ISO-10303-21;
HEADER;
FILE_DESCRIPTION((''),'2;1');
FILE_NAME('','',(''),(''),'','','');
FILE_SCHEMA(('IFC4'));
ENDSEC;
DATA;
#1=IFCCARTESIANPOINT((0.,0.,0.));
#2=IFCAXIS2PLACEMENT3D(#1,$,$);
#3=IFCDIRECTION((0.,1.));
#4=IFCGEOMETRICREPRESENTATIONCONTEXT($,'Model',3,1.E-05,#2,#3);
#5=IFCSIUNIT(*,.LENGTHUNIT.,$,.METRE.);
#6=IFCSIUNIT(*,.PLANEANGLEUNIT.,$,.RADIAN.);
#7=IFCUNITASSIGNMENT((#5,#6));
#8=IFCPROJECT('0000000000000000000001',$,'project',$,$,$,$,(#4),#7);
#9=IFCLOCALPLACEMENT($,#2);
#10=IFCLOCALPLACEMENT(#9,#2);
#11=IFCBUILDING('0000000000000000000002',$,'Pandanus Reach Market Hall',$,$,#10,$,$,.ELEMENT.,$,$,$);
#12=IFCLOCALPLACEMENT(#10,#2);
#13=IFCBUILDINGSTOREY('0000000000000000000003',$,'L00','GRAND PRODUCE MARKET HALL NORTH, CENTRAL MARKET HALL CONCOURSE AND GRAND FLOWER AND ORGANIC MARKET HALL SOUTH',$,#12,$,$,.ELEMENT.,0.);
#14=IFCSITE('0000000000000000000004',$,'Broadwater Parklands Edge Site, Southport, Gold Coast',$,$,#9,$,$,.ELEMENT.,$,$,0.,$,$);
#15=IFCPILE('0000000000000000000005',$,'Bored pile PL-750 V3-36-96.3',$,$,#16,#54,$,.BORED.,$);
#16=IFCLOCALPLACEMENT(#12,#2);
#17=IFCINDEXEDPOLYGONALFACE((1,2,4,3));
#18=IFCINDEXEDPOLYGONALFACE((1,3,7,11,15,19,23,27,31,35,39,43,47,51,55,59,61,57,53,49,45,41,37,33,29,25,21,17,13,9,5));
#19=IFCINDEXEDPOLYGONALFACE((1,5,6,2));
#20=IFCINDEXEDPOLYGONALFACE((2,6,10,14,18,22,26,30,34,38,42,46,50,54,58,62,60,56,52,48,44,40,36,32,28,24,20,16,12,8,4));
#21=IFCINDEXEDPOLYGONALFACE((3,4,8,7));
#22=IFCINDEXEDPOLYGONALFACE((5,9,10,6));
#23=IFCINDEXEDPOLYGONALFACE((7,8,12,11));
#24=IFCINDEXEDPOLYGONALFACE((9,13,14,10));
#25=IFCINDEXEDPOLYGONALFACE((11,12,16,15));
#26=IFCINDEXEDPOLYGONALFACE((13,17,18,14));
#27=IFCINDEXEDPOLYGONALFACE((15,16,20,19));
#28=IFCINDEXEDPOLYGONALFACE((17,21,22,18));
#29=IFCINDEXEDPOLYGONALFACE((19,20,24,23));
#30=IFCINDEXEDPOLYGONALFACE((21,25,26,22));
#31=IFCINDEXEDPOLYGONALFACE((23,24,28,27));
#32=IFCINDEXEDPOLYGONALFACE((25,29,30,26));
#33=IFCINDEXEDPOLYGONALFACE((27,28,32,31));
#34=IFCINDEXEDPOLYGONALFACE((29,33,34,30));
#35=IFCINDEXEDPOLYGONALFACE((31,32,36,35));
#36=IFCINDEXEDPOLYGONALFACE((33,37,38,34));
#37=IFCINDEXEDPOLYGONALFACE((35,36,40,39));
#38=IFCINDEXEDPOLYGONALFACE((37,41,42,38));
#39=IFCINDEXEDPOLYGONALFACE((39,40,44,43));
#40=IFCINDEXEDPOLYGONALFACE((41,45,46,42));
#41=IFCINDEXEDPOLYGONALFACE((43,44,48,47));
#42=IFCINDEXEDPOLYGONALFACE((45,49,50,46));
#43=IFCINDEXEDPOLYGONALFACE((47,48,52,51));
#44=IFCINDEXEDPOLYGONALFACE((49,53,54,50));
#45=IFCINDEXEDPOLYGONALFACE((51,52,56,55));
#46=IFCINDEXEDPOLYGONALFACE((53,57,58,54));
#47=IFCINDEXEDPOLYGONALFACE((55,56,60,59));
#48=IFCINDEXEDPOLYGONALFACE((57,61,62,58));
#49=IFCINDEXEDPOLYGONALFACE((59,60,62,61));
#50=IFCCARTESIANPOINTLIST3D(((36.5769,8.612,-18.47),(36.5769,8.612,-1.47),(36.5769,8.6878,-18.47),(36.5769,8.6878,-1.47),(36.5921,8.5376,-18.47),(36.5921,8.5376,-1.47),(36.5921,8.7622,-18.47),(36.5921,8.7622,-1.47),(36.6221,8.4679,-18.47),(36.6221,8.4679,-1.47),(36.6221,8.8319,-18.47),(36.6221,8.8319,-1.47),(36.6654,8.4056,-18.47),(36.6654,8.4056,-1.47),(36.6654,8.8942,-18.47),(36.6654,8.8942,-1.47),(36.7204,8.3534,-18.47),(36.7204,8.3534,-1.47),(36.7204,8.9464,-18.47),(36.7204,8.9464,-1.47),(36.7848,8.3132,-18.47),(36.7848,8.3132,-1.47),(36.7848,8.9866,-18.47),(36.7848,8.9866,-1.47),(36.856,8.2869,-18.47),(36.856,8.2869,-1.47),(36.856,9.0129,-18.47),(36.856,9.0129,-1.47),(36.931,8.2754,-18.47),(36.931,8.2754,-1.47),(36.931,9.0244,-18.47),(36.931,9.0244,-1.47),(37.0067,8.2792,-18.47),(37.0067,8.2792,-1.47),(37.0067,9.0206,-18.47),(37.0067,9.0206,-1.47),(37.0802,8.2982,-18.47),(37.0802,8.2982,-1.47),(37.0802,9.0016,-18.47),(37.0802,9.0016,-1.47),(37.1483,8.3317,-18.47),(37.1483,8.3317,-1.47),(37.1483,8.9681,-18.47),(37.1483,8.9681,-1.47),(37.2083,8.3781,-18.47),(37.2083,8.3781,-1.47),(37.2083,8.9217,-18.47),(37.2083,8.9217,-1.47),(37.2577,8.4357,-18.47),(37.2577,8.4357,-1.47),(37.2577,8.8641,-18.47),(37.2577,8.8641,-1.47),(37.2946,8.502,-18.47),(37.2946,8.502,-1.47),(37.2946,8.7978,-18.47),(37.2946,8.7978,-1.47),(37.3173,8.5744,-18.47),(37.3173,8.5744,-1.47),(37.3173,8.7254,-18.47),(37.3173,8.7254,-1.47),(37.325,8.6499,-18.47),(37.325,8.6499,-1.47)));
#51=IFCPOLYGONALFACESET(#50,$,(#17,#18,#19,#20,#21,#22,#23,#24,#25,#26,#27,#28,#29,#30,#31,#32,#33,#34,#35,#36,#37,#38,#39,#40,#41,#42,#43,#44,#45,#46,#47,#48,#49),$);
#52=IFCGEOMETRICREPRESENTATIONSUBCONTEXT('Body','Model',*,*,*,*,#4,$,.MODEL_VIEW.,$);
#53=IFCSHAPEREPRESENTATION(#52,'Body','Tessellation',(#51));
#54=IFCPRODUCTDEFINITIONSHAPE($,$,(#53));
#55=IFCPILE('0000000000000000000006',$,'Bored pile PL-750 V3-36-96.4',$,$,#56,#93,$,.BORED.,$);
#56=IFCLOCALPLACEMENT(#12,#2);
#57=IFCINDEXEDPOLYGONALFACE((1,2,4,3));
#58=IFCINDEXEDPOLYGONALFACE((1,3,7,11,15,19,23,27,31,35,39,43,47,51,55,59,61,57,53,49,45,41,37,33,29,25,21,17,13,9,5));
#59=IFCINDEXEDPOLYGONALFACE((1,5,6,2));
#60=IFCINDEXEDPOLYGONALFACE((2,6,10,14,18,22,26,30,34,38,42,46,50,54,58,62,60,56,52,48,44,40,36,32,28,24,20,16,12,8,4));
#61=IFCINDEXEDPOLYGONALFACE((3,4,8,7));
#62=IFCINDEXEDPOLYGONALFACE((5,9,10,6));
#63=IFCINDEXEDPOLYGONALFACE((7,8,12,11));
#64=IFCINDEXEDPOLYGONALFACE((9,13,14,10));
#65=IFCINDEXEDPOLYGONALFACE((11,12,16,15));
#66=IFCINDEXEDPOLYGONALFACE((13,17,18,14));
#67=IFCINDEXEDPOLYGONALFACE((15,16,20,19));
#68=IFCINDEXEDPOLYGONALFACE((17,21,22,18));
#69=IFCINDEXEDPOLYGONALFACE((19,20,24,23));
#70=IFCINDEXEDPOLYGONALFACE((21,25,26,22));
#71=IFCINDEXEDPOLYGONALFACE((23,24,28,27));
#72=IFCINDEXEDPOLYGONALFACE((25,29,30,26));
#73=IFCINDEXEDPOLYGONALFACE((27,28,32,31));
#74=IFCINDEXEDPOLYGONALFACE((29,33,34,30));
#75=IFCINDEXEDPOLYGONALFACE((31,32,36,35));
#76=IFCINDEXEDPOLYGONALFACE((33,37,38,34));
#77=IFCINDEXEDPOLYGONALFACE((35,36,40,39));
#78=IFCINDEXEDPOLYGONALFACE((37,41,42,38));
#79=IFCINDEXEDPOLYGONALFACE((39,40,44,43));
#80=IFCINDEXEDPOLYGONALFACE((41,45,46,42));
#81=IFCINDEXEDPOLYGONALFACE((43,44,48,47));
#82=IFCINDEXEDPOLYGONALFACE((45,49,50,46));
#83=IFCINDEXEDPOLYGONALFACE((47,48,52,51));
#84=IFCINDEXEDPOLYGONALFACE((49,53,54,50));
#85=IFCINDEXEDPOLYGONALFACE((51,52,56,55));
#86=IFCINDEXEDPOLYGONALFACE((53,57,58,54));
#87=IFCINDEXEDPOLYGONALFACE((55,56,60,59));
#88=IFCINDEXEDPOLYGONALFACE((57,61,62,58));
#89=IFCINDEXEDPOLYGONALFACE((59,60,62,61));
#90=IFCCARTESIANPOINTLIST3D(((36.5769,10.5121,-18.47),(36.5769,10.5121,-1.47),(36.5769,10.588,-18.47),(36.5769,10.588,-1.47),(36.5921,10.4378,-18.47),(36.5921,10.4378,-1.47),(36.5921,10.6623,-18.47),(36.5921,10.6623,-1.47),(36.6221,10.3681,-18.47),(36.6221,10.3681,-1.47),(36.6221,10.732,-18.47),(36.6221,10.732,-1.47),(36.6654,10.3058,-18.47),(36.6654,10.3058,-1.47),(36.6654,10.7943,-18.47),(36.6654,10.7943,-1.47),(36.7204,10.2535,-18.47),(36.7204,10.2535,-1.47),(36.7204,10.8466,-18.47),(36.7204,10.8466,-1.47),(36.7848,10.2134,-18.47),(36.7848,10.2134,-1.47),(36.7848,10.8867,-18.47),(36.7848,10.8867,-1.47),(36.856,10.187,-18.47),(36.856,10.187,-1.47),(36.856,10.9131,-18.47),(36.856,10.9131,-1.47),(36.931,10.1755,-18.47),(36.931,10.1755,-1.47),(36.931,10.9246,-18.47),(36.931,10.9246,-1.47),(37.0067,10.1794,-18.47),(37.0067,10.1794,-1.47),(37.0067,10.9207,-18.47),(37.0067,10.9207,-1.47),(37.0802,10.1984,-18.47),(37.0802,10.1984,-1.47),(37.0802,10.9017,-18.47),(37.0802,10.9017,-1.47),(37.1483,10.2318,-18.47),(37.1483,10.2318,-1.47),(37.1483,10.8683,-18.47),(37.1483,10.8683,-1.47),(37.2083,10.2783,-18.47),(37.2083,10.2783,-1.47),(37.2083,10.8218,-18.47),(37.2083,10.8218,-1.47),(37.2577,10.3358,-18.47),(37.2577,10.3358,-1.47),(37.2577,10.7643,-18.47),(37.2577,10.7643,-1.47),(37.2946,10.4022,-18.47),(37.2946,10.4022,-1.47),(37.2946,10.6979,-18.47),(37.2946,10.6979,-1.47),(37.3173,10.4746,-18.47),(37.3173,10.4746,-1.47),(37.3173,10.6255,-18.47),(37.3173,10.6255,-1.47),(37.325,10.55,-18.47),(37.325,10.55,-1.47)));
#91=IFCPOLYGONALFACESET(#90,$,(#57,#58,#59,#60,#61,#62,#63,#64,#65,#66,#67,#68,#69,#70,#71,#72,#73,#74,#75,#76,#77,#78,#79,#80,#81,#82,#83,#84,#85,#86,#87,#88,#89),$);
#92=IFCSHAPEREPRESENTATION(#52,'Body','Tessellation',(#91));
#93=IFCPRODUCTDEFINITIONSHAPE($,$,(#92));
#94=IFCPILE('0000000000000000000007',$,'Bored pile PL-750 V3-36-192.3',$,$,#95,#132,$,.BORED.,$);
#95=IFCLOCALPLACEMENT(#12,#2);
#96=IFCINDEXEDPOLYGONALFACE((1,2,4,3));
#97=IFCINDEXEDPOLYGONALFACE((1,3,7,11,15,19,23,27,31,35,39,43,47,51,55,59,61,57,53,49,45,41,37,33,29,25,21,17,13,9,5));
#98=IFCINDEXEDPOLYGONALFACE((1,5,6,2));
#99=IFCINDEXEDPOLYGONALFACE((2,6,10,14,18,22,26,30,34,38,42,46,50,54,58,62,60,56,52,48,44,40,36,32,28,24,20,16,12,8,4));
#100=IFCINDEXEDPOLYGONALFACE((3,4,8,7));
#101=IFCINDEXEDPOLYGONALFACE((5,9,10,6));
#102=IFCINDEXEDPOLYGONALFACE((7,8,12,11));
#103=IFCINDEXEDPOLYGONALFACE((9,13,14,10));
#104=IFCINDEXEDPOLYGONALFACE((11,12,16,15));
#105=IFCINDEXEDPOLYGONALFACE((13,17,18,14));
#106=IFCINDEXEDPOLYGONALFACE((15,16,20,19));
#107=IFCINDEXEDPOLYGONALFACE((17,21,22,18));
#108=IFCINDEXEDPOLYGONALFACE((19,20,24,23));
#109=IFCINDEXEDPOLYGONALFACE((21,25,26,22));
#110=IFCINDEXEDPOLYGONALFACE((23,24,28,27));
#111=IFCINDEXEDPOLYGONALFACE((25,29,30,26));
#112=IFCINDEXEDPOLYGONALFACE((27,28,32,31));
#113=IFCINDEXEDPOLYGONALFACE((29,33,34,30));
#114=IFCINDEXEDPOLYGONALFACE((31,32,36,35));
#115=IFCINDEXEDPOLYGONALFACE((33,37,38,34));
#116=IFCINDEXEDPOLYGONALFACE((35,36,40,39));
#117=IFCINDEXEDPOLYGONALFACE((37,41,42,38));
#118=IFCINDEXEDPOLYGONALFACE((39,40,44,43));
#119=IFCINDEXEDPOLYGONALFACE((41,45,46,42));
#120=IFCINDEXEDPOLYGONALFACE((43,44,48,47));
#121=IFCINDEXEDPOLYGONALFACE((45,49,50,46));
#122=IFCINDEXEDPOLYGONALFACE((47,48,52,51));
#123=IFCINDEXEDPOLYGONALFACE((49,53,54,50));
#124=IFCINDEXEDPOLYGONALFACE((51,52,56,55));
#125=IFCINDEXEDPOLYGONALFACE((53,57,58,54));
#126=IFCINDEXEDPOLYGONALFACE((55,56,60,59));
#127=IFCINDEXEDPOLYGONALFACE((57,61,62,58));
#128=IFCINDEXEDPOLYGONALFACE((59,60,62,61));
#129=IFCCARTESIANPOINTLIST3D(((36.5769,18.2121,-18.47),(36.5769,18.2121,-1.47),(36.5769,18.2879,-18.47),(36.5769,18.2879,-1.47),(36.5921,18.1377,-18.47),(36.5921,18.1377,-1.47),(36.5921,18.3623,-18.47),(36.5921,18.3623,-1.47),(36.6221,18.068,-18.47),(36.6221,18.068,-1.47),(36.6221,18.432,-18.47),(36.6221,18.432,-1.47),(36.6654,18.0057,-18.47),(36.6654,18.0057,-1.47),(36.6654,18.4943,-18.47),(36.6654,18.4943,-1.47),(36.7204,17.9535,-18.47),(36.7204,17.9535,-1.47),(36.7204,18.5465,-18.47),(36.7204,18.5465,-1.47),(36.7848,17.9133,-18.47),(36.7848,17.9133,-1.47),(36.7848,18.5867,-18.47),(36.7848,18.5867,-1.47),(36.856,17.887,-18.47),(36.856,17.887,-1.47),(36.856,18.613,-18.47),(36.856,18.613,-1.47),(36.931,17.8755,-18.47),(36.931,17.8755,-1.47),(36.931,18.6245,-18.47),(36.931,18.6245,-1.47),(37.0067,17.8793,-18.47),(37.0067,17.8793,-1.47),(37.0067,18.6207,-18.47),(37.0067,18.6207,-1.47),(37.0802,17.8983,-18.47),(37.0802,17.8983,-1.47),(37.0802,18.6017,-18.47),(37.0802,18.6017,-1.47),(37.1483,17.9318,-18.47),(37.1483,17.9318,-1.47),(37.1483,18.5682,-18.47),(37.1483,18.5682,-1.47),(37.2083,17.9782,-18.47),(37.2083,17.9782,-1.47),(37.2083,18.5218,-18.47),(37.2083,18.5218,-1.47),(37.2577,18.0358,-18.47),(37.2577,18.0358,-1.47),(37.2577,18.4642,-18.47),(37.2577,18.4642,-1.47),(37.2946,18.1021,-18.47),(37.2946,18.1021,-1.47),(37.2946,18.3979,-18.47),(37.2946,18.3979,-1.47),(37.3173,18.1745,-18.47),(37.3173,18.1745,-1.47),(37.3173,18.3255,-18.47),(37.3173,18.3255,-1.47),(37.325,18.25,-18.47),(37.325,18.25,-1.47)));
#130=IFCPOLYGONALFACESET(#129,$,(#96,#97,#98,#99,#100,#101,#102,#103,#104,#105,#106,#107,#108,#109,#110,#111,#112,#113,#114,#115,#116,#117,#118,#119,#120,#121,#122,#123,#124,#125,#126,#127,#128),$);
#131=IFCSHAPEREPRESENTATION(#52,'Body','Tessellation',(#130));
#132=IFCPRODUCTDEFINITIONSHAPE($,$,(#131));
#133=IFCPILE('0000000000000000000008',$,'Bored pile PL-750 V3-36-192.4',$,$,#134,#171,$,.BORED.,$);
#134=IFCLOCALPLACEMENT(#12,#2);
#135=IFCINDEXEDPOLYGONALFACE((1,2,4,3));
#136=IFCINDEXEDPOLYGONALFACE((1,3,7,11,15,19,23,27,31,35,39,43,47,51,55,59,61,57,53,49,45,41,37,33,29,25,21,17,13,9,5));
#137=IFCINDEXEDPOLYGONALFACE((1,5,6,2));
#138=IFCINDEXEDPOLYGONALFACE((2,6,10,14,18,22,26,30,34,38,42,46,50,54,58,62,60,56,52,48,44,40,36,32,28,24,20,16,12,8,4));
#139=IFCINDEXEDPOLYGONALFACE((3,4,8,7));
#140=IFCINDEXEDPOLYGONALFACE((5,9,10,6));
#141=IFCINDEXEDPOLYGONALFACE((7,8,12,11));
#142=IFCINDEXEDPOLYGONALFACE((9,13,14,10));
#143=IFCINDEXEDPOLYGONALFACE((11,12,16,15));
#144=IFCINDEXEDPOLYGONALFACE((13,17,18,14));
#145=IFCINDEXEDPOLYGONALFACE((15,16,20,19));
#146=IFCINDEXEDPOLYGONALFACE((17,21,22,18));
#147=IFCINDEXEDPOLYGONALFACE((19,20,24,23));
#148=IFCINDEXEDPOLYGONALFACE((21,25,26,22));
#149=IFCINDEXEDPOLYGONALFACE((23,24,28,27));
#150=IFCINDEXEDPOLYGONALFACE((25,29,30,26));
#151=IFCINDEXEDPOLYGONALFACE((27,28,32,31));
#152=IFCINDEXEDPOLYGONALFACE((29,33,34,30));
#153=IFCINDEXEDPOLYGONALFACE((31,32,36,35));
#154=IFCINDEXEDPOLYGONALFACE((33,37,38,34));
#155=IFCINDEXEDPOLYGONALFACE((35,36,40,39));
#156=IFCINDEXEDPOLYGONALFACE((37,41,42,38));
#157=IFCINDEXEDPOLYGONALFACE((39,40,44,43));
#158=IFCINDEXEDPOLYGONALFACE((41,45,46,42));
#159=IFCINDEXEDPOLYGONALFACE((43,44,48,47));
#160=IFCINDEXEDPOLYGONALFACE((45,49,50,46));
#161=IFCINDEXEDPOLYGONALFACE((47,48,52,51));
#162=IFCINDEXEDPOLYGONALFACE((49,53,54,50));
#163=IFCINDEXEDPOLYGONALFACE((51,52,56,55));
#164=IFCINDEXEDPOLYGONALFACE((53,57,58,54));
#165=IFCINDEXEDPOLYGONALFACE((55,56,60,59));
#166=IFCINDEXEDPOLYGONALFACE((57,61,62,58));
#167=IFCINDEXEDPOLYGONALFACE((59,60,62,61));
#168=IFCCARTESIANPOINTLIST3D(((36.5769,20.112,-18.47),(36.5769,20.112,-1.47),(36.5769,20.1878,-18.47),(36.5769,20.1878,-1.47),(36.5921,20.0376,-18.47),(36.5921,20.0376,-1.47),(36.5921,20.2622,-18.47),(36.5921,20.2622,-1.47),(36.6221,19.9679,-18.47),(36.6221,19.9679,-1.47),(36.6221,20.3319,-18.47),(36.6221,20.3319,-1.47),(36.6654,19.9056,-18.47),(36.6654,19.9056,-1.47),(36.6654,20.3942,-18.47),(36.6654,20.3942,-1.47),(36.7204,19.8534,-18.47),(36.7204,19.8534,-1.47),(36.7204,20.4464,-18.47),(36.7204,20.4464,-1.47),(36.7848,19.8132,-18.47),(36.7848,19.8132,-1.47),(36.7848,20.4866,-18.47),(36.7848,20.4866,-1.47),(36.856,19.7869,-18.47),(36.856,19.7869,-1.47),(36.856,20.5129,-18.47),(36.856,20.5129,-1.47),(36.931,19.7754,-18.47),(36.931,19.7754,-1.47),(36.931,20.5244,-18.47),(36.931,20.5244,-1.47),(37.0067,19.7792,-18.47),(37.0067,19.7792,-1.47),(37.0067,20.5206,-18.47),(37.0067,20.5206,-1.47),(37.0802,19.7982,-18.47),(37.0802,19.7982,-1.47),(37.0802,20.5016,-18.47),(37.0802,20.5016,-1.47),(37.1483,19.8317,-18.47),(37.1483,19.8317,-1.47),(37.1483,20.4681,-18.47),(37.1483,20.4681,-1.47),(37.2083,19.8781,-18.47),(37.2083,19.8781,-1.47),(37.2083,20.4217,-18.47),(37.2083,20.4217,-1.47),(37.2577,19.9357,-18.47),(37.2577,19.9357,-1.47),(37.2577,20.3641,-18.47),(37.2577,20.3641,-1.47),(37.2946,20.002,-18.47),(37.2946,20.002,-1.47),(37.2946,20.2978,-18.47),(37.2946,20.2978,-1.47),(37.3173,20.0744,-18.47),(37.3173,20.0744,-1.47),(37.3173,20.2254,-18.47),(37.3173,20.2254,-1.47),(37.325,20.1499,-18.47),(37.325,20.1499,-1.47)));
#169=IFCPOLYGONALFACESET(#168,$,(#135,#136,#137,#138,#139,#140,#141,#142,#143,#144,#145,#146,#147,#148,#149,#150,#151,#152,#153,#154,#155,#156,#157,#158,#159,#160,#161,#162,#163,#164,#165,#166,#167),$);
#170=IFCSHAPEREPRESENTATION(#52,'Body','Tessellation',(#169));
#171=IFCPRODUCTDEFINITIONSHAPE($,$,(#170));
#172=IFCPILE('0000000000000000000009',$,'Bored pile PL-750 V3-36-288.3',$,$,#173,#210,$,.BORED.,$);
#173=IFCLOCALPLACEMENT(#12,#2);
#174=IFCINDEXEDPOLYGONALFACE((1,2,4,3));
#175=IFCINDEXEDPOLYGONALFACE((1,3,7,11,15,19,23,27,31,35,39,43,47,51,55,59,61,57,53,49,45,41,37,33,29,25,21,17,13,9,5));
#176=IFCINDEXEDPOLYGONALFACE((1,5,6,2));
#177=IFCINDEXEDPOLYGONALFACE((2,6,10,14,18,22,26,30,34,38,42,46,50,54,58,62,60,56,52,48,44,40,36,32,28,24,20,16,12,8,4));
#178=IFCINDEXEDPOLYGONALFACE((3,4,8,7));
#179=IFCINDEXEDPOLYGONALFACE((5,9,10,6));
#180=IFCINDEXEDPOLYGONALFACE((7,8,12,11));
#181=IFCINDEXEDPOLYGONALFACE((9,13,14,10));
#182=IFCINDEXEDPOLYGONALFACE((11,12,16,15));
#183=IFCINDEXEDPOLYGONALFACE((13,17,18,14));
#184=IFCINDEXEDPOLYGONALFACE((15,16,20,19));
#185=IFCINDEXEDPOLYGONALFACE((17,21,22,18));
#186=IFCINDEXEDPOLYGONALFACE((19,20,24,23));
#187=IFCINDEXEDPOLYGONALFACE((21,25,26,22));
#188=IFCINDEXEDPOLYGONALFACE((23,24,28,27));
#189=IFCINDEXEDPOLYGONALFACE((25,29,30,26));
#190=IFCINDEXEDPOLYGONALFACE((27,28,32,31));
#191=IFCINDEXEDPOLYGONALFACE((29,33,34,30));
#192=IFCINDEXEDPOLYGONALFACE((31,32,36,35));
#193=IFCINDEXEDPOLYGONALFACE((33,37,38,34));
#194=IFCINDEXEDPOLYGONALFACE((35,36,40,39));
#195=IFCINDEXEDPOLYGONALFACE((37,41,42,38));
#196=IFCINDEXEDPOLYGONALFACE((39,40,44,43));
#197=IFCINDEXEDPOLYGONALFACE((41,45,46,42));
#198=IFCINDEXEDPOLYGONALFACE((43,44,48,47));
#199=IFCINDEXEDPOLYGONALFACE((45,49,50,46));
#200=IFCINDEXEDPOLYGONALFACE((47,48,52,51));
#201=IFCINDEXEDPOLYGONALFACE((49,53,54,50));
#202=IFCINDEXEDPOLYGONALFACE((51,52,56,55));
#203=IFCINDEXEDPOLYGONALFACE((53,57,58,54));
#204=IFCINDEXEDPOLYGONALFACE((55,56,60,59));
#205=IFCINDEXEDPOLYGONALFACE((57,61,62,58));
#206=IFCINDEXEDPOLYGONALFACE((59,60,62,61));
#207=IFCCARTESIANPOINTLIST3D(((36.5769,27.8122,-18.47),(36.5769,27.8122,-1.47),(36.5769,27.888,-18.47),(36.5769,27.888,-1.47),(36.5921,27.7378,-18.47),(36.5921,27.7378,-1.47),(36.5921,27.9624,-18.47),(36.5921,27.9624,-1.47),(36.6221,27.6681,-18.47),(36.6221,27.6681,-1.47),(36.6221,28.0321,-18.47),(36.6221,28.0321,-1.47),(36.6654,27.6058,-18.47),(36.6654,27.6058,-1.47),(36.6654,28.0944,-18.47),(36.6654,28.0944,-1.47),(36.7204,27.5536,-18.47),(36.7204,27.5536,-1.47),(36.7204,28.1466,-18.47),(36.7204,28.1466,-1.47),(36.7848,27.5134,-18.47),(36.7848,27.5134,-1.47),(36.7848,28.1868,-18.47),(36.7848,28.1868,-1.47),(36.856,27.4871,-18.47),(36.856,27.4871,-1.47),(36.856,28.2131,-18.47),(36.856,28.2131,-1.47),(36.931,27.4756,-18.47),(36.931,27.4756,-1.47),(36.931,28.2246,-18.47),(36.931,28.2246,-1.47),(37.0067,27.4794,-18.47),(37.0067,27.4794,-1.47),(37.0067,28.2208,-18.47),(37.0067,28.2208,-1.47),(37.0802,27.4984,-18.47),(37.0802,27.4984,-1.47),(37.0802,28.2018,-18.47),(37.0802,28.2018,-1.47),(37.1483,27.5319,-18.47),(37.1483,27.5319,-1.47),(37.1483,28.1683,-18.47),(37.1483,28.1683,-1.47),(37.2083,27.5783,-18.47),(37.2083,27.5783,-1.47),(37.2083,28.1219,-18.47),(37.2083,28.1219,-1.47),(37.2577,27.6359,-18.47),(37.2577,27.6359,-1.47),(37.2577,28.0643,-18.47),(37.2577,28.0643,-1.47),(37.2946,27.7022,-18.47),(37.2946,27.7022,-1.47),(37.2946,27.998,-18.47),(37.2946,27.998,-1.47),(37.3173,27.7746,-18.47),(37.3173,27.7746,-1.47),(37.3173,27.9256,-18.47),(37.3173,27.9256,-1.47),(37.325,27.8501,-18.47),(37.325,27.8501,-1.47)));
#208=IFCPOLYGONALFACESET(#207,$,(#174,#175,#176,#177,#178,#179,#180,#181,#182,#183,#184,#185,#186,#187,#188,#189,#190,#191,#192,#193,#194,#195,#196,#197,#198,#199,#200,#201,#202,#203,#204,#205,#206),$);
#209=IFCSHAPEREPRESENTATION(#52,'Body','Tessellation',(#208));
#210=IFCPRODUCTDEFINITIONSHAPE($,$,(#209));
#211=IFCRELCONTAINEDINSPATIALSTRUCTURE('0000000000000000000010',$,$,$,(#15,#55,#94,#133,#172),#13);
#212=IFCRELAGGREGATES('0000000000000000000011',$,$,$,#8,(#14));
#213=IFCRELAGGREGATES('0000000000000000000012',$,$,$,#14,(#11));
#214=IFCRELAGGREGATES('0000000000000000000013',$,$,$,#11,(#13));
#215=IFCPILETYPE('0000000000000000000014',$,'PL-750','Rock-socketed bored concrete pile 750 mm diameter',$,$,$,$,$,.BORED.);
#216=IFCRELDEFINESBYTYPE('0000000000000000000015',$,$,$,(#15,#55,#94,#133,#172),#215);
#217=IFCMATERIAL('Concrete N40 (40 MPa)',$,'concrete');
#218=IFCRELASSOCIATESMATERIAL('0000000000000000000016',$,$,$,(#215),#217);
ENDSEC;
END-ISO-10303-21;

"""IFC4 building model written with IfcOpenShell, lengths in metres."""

from ifc_helpers import new_model, si_unit, direction, frame, origin, origin_2d, place, context, subcontext, project, spatial, circle, extrude, material, material_profile, profile_set, type_object, element, save


model = new_model("IFC4")

# Units and contexts
model_context = context("Model", 3, precision=1e-05, world=origin(), true_north=direction((0.0, 1.0)))
body_context = subcontext(model_context, "Body", "Model", "MODEL_VIEW")
ifc_project = project(units=[si_unit("LENGTHUNIT", "METRE"), si_unit("PLANEANGLEUNIT", "RADIAN")], contexts=[model_context])

# Site, building, storey
site_placement = place(None, origin())
site = spatial("IfcSite", under=ifc_project, at=site_placement, Name="Broadwater Parklands Edge Site, Southport, Gold Coast", CompositionType="ELEMENT", RefElevation=0.0)
building_placement = place(site_placement, origin())
building = spatial("IfcBuilding", under=site, at=building_placement, Name="Pandanus Reach Market Hall", CompositionType="ELEMENT")
storey_placement = place(building_placement, origin())
storey = spatial("IfcBuildingStorey", under=building, at=storey_placement, Name="L00", Description="GRAND PRODUCE MARKET HALL NORTH, CENTRAL MARKET HALL CONCOURSE AND GRAND FLOWER AND ORGANIC MARKET HALL SOUTH", CompositionType="ELEMENT", Elevation=0.0)

# Shared definitions
ifc_material_1 = material(Name="Concrete N40 (40 MPa)", Category="concrete")

# Piles
ifc_material_profile_1 = material_profile(ifc_material_1, circle(Radius=0.375, at=origin_2d()), Name="PILE-750D", Category="LoadBearing")
ifc_profile_set_1 = profile_set([ifc_material_profile_1], Name="Concrete N40 (40 MPa)")
pile_type_1 = type_object("IfcPileType", Name="PL-750", Description="Rock-socketed bored concrete pile 750 mm diameter", PredefinedType="BORED", material=ifc_profile_set_1)
for number, where, z_axis, x_axis, name in (
    (1, (36.95, 8.6499, -1.47), (0.0, 0.0, -1.0), (1.0, 0.0, 0.0), "Bored pile PL-750 V3-36-96.3"),
    (2, (36.95, 10.55, -1.47), (0.0, 0.0, -1.0), (1.0, 0.0, 0.0), "Bored pile PL-750 V3-36-96.4"),
    (3, (36.95, 18.25, -1.47), (0.0, 0.0, -1.0), (1.0, 0.0, 0.0), "Bored pile PL-750 V3-36-192.3"),
    (4, (36.95, 20.1499, -1.47), (0.0, 0.0, -1.0), (1.0, 0.0, 0.0), "Bored pile PL-750 V3-36-192.4"),
    (5, (36.95, 27.8501, -1.47), (0.0, 0.0, -1.0), (1.0, 0.0, 0.0), "Bored pile PL-750 V3-36-288.3"),
):
    element("IfcPile", number, at=place(storey_placement, frame(where, z_axis=z_axis, x_axis=x_axis)), inside=storey, type_object=pile_type_1, Name=name, PredefinedType="BORED", context=body_context, shape_type="SweptSolid", body=[
        extrude(circle(Radius=0.375, at=origin_2d()), origin(), (0.0, 0.0, 1.0), 17.0),
    ])

save(model, "model.ifc")
